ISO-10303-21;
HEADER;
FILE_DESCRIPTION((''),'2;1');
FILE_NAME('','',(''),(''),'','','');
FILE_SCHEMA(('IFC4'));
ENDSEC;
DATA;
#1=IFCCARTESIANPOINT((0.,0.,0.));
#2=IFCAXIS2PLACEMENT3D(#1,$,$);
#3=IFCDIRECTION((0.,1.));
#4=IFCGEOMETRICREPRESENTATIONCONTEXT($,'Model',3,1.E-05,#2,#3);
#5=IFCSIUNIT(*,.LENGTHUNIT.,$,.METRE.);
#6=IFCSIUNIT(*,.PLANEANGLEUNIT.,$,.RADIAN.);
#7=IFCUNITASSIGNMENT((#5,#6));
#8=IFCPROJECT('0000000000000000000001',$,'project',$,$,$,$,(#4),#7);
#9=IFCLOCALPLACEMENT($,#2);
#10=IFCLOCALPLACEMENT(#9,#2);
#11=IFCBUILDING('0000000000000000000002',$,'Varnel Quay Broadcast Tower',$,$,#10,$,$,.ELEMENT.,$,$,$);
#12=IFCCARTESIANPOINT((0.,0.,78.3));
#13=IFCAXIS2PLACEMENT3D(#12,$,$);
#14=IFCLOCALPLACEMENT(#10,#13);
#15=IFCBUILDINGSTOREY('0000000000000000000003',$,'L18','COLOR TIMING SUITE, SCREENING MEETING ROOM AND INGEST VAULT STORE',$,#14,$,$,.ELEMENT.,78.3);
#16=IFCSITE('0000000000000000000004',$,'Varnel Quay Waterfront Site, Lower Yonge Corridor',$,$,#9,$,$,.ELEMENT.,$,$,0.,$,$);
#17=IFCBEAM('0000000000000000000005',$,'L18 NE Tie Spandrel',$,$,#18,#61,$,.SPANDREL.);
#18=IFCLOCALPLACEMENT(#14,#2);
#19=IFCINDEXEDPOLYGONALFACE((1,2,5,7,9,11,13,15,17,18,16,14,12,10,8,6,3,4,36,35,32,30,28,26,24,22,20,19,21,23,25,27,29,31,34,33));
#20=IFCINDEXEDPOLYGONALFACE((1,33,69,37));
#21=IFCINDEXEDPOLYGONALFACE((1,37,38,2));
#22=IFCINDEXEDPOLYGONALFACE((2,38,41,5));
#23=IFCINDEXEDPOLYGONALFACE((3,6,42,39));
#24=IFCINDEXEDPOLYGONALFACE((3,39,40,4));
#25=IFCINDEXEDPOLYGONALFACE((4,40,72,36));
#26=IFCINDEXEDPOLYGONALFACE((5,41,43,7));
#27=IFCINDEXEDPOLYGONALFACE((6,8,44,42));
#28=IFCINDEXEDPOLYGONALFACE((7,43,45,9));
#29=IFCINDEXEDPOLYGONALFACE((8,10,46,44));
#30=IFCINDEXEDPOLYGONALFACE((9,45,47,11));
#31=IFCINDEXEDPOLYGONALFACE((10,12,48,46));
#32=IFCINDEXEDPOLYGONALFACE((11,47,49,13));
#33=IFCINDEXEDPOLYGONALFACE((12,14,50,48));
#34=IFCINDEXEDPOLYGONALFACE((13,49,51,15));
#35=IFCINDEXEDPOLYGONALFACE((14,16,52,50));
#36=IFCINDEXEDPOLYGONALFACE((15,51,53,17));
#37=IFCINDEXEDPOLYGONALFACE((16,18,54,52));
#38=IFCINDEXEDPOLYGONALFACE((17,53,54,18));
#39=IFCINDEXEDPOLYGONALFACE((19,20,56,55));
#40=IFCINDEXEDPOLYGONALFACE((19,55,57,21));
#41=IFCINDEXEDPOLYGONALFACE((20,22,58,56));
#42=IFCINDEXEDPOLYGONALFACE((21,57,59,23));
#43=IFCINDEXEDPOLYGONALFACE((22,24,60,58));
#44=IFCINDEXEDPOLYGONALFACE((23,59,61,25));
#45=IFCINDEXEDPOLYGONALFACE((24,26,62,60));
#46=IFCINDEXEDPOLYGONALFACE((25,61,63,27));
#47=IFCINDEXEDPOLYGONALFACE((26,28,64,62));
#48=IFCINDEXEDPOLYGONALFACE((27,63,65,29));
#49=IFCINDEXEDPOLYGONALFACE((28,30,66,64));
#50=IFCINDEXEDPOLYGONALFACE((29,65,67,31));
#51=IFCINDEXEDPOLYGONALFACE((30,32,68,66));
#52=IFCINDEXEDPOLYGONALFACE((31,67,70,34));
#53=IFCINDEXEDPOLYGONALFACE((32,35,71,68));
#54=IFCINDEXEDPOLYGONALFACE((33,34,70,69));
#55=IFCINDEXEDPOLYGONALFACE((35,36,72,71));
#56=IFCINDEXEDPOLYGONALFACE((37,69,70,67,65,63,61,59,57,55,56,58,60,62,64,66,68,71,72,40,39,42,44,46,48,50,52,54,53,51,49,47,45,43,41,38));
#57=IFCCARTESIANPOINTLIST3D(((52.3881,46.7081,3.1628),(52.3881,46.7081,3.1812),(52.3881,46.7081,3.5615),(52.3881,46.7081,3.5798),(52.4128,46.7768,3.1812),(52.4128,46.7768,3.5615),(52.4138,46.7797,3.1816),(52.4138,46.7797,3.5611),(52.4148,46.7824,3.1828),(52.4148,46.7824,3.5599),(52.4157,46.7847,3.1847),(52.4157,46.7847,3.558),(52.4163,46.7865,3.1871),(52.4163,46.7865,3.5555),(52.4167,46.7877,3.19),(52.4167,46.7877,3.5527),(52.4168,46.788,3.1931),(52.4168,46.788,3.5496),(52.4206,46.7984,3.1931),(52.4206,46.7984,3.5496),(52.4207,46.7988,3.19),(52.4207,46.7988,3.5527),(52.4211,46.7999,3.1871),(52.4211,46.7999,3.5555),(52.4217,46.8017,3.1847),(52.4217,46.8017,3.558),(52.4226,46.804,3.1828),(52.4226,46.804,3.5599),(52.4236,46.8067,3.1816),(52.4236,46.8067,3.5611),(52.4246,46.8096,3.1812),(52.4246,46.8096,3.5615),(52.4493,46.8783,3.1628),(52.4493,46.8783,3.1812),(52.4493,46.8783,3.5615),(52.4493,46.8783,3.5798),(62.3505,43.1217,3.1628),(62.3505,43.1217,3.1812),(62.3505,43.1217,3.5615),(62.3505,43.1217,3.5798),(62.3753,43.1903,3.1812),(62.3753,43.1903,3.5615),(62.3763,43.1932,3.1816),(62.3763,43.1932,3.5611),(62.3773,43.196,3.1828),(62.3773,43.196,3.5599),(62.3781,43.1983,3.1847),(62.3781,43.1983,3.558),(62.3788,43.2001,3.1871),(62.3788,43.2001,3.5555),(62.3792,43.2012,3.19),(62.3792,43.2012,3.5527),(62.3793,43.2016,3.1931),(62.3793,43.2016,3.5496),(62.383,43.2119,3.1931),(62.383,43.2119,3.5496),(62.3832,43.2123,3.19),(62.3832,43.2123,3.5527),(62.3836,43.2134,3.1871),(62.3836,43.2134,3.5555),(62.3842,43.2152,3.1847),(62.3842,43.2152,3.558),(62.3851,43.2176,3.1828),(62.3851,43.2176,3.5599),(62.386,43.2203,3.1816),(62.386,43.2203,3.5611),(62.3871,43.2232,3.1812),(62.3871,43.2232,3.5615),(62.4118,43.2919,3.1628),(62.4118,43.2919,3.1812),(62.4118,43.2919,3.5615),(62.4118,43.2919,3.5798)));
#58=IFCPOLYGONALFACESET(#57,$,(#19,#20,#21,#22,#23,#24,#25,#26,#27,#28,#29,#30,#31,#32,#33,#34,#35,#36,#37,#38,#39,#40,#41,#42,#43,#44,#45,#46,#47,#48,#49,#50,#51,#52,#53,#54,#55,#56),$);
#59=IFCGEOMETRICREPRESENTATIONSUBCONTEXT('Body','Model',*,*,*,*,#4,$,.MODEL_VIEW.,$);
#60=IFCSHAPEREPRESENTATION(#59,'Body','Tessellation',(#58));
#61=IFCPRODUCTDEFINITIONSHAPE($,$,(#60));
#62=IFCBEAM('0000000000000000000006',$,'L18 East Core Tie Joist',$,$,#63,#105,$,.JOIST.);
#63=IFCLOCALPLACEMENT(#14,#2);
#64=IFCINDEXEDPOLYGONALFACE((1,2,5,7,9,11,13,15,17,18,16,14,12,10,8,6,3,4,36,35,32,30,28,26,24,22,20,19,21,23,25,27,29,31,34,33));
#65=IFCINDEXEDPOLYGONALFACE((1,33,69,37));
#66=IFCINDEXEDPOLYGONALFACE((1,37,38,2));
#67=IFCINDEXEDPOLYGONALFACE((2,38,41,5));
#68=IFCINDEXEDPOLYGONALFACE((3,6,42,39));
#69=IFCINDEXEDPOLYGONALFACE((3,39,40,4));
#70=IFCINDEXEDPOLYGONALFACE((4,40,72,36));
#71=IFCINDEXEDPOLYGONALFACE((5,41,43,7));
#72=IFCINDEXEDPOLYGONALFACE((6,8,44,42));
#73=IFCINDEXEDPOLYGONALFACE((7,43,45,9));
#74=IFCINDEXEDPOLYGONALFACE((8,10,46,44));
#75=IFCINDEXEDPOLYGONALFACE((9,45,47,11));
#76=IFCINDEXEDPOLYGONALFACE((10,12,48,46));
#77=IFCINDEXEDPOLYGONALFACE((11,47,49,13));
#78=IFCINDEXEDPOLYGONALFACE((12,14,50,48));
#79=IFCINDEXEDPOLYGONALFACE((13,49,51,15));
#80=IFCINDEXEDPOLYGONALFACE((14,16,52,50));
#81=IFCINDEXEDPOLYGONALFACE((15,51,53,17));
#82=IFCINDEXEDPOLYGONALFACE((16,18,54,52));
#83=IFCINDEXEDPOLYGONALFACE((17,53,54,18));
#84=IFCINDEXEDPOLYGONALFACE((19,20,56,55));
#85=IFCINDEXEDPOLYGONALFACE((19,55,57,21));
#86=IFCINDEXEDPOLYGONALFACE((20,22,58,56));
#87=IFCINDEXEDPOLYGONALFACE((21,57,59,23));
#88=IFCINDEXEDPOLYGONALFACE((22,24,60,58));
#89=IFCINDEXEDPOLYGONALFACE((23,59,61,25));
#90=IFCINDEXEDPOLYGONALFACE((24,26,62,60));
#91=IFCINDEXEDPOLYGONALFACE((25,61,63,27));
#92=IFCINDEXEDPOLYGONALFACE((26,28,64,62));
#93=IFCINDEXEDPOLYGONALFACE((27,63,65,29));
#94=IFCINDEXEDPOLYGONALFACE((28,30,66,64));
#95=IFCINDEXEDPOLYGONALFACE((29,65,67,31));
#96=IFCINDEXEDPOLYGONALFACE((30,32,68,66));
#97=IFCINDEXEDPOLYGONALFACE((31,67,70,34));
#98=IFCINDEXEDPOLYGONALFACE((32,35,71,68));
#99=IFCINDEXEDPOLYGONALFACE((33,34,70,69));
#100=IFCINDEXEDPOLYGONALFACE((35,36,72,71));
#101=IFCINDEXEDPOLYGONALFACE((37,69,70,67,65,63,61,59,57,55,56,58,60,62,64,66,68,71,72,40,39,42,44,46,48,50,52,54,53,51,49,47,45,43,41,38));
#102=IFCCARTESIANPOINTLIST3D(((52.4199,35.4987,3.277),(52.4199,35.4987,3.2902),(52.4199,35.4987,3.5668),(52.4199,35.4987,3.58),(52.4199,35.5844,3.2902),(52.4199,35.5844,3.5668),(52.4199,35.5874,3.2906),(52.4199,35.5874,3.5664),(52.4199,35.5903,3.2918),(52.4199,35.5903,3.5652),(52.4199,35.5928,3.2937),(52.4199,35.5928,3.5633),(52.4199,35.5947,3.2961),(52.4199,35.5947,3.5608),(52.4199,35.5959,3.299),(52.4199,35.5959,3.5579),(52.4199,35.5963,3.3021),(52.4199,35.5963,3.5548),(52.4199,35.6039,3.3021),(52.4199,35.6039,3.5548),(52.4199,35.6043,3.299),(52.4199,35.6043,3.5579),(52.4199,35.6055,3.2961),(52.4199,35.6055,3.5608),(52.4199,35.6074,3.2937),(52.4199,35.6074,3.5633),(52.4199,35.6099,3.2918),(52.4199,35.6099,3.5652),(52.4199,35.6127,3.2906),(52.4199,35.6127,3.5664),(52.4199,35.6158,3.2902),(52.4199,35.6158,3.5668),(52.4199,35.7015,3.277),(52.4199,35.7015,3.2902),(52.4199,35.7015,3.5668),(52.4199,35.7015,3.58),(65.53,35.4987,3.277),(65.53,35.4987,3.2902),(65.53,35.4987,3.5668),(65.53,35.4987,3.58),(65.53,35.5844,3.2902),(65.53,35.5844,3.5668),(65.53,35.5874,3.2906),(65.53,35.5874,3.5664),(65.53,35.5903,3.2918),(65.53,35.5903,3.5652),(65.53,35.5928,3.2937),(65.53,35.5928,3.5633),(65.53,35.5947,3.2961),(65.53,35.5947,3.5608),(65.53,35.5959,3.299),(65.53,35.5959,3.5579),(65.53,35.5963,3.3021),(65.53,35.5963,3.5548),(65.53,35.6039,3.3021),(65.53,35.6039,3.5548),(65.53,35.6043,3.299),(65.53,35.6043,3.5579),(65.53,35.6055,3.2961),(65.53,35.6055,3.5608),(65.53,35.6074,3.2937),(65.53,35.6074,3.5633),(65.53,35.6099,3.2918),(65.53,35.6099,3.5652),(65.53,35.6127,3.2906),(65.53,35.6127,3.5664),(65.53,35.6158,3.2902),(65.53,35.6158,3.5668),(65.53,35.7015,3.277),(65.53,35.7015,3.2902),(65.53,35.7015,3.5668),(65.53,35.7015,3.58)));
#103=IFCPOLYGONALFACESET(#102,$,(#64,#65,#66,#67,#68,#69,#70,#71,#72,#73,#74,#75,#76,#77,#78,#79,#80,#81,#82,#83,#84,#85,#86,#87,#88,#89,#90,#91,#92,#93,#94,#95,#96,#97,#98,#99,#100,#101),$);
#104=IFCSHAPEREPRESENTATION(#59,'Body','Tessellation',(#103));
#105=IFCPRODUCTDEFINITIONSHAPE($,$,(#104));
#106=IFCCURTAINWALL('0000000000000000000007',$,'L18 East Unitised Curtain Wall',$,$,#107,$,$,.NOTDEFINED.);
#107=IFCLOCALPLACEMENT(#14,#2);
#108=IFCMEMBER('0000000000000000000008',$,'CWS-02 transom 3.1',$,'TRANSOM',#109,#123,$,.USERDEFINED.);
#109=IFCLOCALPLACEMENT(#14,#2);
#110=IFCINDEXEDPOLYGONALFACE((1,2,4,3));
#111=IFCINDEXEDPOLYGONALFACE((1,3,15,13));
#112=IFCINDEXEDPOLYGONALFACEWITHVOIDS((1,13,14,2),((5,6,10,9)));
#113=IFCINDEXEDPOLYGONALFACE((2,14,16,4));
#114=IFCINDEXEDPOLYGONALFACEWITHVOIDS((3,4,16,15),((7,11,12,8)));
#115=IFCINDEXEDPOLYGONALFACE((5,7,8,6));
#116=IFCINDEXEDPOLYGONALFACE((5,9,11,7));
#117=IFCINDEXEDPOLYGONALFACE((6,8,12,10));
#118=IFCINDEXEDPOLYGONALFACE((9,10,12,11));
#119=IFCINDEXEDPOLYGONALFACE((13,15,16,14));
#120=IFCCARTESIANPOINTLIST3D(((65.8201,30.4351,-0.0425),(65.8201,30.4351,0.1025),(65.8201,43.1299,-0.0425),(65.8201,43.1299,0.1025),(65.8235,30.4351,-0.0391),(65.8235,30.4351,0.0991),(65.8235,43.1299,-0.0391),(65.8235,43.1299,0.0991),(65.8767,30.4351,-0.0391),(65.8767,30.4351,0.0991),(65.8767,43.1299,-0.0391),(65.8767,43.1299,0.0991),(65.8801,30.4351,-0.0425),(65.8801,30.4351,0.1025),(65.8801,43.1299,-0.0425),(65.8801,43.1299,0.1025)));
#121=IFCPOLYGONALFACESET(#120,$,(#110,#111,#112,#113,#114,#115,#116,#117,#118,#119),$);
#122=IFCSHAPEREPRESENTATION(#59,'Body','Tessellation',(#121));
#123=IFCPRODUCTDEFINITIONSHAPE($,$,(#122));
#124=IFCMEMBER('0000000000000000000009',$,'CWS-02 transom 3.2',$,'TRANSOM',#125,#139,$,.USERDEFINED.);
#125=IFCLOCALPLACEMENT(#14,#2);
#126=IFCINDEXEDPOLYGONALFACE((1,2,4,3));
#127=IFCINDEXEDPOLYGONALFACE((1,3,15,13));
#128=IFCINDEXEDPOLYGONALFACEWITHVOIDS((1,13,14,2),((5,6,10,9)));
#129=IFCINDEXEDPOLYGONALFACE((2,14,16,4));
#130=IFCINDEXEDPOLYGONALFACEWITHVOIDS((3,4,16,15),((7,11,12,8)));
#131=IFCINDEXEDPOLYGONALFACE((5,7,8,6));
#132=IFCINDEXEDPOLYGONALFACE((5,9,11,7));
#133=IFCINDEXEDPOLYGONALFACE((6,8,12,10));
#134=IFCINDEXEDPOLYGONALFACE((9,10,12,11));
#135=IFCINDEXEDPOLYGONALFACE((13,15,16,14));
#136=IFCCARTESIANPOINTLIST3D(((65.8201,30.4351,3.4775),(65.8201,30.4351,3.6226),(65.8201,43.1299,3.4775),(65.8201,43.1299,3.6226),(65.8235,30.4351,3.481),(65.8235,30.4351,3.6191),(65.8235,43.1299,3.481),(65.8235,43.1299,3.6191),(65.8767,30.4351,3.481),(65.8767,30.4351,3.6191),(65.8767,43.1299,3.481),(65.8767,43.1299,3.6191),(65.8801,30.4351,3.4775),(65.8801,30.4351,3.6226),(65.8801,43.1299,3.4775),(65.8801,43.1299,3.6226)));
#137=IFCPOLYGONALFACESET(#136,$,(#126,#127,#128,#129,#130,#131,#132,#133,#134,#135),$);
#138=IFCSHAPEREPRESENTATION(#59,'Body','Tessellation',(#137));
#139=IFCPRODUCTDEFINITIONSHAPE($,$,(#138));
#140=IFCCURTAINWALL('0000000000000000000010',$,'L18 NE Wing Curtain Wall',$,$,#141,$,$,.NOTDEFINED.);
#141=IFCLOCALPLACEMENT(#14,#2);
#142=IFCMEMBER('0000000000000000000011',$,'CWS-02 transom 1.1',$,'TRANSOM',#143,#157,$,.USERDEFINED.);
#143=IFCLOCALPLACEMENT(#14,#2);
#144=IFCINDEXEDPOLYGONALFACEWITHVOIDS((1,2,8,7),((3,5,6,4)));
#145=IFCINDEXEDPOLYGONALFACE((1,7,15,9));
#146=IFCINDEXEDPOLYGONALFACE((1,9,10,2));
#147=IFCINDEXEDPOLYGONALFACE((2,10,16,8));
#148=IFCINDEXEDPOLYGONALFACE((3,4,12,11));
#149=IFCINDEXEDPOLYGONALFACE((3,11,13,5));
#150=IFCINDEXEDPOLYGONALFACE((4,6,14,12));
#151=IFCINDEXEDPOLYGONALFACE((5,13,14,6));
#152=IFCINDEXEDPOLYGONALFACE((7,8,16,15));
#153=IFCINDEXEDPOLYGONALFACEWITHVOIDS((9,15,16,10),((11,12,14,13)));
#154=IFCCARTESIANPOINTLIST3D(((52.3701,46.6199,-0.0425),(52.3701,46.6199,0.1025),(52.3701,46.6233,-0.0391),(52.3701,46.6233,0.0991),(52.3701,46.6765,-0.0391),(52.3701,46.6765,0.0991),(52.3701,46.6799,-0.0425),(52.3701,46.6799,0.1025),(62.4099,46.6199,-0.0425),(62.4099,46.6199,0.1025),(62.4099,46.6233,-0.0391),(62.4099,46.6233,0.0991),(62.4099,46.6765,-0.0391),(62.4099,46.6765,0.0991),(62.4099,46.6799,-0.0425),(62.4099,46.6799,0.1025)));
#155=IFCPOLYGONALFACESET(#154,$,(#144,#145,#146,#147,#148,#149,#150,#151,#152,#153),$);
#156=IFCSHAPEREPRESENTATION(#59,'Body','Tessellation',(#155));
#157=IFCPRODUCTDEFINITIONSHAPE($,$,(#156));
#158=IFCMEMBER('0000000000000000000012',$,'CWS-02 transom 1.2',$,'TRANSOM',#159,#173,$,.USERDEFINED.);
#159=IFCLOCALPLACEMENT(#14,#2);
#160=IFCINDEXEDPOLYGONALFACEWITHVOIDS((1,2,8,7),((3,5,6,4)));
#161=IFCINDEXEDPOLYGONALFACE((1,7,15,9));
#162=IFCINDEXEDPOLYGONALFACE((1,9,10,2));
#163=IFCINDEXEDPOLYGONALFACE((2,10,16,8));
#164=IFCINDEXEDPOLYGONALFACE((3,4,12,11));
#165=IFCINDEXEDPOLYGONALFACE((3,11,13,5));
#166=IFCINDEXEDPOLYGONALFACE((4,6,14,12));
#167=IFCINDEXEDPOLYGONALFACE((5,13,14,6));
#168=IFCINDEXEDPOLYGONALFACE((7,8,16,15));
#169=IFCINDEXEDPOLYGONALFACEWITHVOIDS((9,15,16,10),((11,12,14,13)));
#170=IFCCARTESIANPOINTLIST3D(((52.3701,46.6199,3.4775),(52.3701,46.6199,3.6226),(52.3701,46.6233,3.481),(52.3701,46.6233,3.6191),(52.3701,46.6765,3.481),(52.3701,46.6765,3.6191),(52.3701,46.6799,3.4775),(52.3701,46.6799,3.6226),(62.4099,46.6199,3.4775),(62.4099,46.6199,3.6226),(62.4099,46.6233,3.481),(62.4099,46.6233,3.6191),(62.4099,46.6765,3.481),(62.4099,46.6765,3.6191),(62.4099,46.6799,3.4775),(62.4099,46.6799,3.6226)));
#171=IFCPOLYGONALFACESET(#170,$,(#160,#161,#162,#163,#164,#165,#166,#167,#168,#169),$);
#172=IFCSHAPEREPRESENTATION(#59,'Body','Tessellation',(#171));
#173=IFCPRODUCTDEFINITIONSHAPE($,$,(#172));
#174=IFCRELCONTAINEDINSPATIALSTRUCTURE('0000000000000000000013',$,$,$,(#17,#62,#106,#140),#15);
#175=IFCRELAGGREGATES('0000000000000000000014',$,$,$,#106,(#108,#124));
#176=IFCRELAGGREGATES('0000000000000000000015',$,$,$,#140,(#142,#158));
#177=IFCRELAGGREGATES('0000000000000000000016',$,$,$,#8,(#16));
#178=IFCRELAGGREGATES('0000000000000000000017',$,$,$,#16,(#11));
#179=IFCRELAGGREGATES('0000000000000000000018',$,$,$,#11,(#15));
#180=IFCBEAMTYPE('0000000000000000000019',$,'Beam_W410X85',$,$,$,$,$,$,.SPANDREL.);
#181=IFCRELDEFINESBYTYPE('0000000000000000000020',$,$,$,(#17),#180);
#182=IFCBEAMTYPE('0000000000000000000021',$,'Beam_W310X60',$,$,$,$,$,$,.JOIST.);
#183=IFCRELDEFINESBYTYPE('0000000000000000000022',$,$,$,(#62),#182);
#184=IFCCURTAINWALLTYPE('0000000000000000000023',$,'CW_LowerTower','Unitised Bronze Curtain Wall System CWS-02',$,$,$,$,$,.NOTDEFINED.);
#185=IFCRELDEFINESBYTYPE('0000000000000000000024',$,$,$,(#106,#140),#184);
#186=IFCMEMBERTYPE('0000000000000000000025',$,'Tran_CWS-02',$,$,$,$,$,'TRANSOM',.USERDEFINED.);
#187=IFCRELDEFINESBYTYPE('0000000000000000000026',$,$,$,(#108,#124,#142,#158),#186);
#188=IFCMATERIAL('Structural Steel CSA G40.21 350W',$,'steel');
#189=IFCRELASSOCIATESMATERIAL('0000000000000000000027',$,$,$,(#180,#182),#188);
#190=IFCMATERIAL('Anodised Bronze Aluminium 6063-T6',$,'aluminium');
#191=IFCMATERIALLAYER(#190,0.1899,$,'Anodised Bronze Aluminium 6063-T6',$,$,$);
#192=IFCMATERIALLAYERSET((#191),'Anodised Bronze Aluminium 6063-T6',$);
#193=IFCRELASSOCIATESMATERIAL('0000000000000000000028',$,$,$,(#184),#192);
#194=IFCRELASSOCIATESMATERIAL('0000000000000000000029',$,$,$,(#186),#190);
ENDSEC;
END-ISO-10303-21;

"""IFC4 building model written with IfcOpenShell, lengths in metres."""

from ifc_helpers import new_model, si_unit, direction, frame, origin, origin_2d, place, context, subcontext, project, spatial, hollow_rectangle, i_section, extrude, source, transform, mapped, material, layer, layer_set, material_profile, profile_set, type_object, type_shapes, element, aggregate, save


model = new_model("IFC4")

# Units and contexts
model_context = context("Model", 3, precision=1e-05, world=origin(), true_north=direction((0.0, 1.0)))
body_context = subcontext(model_context, "Body", "Model", "MODEL_VIEW")
ifc_project = project(units=[si_unit("LENGTHUNIT", "METRE"), si_unit("PLANEANGLEUNIT", "RADIAN")], contexts=[model_context])

# Site, building, storey
site_placement = place(None, origin())
site = spatial("IfcSite", under=ifc_project, at=site_placement, Name="Varnel Quay Waterfront Site, Lower Yonge Corridor", CompositionType="ELEMENT", RefElevation=0.0)
building_placement = place(site_placement, origin())
building = spatial("IfcBuilding", under=site, at=building_placement, Name="Varnel Quay Broadcast Tower", CompositionType="ELEMENT")
storey_placement = place(building_placement, frame((0.0, 0.0, 78.3)))
storey = spatial("IfcBuildingStorey", under=building, at=storey_placement, Name="L18", Description="COLOR TIMING SUITE, SCREENING MEETING ROOM AND INGEST VAULT STORE", CompositionType="ELEMENT", Elevation=78.3)

# Shared definitions
ifc_material_1 = material(Name="Structural Steel CSA G40.21 350W", Category="steel")

# Beams
ifc_material_profile_1 = material_profile(ifc_material_1, i_section(OverallWidth=0.1809, OverallDepth=0.417, WebThickness=0.011, FlangeThickness=0.0183, FilletRadius=0.012, at=origin_2d()), Name="W410X85")
ifc_profile_set_1 = profile_set([ifc_material_profile_1], Name="Structural Steel CSA G40.21 350W")
beam_type_1 = type_object("IfcBeamType", Name="Beam_W410X85", PredefinedType="SPANDREL", material=ifc_profile_set_1)
shared_shape_1 = source(origin(), body_context, "Body", "SweptSolid", [
    extrude(i_section(OverallWidth=0.1809, OverallDepth=0.417, WebThickness=0.011, FlangeThickness=0.0183, FilletRadius=0.012, at=origin_2d()), origin(), (0.0, 0.0, 1.0), 10.5884),
])
beam_1_placement = place(storey_placement, frame((52.4187, 46.7932, 3.3713), z_axis=(0.940889, -0.338716, 0.0), x_axis=(0.338716, 0.940889, 0.0)))
element("IfcBeam", 1, at=beam_1_placement, inside=storey, type_object=beam_type_1, Name="L18 NE Tie Spandrel", PredefinedType="SPANDREL", context=body_context, shape_type="MappedRepresentation", body=[
    mapped(shared_shape_1, transform((0.0, 0.0, 0.0), x_axis=(1.0, 0.0, 0.0), y_axis=(0.0, 1.0, 0.0), z_axis=(0.0, 0.0, 1.0), scale=1.0)),
])
ifc_material_profile_2 = material_profile(ifc_material_1, i_section(OverallWidth=0.2029, OverallDepth=0.303, WebThickness=0.0076, FlangeThickness=0.0132, FilletRadius=0.012, at=origin_2d()), Name="W310X60")
ifc_profile_set_2 = profile_set([ifc_material_profile_2], Name="Structural Steel CSA G40.21 350W")
beam_type_2 = type_object("IfcBeamType", Name="Beam_W310X60", PredefinedType="JOIST", material=ifc_profile_set_2)
shared_shape_2 = source(origin(), body_context, "Body", "SweptSolid", [
    extrude(i_section(OverallWidth=0.2029, OverallDepth=0.303, WebThickness=0.0076, FlangeThickness=0.0132, FilletRadius=0.012, at=origin_2d()), origin(), (0.0, 0.0, 1.0), 13.1101),
])
type_shapes(beam_type_2, [shared_shape_2])
beam_2_placement = place(storey_placement, frame((52.4199, 35.6001, 3.4285), z_axis=(1.0, 0.0, 0.0), x_axis=(0.0, 1.0, 0.0)))
element("IfcBeam", 2, at=beam_2_placement, inside=storey, type_object=beam_type_2, Name="L18 East Core Tie Joist", PredefinedType="JOIST", context=body_context, shape_type="MappedRepresentation", body=[
    mapped(shared_shape_2, transform((0.0, 0.0, 0.0), x_axis=(1.0, 0.0, 0.0), y_axis=(0.0, 1.0, 0.0), z_axis=(0.0, 0.0, 1.0), scale=1.0)),
])

# Curtain walls, members
ifc_material_2 = material(Name="Anodised Bronze Aluminium 6063-T6", Category="aluminium")
ifc_layer_1 = layer(ifc_material_2, 0.1899, Name="Anodised Bronze Aluminium 6063-T6")
ifc_layer_set_1 = layer_set([ifc_layer_1], Name="Anodised Bronze Aluminium 6063-T6")
curtain_wall_type = type_object("IfcCurtainWallType", Name="CW_LowerTower", Description="Unitised Bronze Curtain Wall System CWS-02", PredefinedType="NOTDEFINED", material=ifc_layer_set_1)
curtain_wall_1_placement = place(storey_placement, origin())
curtain_wall_1 = element("IfcCurtainWall", 3, at=curtain_wall_1_placement, inside=storey, type_object=curtain_wall_type, Name="L18 East Unitised Curtain Wall", PredefinedType="NOTDEFINED")
ifc_material_profile_3 = material_profile(ifc_material_2, hollow_rectangle(XDim=0.0601, YDim=0.145, WallThickness=0.0034, at=origin_2d()), Name="ALU60X145X3.5")
ifc_profile_set_3 = profile_set([ifc_material_profile_3], Name="Anodised Bronze Aluminium 6063-T6")
member_type_1 = type_object("IfcMemberType", Name="Tran_CWS-02", ElementType="TRANSOM", PredefinedType="USERDEFINED", material=ifc_profile_set_3)
shared_shape_3 = source(origin(), body_context, "Body", "SweptSolid", [
    extrude(hollow_rectangle(XDim=0.0601, YDim=0.145, WallThickness=0.0034, at=origin_2d()), origin(), (0.0, 0.0, 1.0), 12.6948),
])
member_1_placement = place(storey_placement, frame((65.8501, 30.4351, 0.03), z_axis=(0.0, 1.0, 0.0), x_axis=(-1.0, 0.0, 0.0)))
member_1 = element("IfcMember", 4, at=member_1_placement, type_object=member_type_1, Name="CWS-02 transom 3.1", ObjectType="TRANSOM", PredefinedType="USERDEFINED", context=body_context, shape_type="MappedRepresentation", body=[
    mapped(shared_shape_3, transform((0.0, 0.0, 0.0), x_axis=(1.0, 0.0, 0.0), y_axis=(0.0, 1.0, 0.0), z_axis=(0.0, 0.0, 1.0), scale=1.0)),
])
member_2_placement = place(storey_placement, frame((65.8501, 30.4351, 3.55), z_axis=(0.0, 1.0, 0.0), x_axis=(-1.0, 0.0, 0.0)))
member_2 = element("IfcMember", 5, at=member_2_placement, type_object=member_type_1, Name="CWS-02 transom 3.2", ObjectType="TRANSOM", PredefinedType="USERDEFINED", context=body_context, shape_type="MappedRepresentation", body=[
    mapped(shared_shape_3, transform((0.0, 0.0, 0.0), x_axis=(1.0, 0.0, 0.0), y_axis=(0.0, 1.0, 0.0), z_axis=(0.0, 0.0, 1.0), scale=1.0)),
])
curtain_wall_2_placement = place(storey_placement, origin())
curtain_wall_2 = element("IfcCurtainWall", 6, at=curtain_wall_2_placement, inside=storey, type_object=curtain_wall_type, Name="L18 NE Wing Curtain Wall", PredefinedType="NOTDEFINED")
shared_shape_4 = source(origin(), body_context, "Body", "SweptSolid", [
    extrude(hollow_rectangle(XDim=0.0601, YDim=0.145, WallThickness=0.0034, at=origin_2d()), origin(), (0.0, 0.0, 1.0), 10.0398),
])
type_shapes(member_type_1, [shared_shape_3, shared_shape_4])
member_3_placement = place(storey_placement, frame((52.3701, 46.6499, 0.03), z_axis=(1.0, 0.0, 0.0), x_axis=(0.0, 1.0, 0.0)))
member_3 = element("IfcMember", 7, at=member_3_placement, type_object=member_type_1, Name="CWS-02 transom 1.1", ObjectType="TRANSOM", PredefinedType="USERDEFINED", context=body_context, shape_type="MappedRepresentation", body=[
    mapped(shared_shape_4, transform((0.0, 0.0, 0.0), x_axis=(1.0, 0.0, 0.0), y_axis=(0.0, 1.0, 0.0), z_axis=(0.0, 0.0, 1.0), scale=1.0)),
])
member_4_placement = place(storey_placement, frame((52.3701, 46.6499, 3.55), z_axis=(1.0, 0.0, 0.0), x_axis=(0.0, 1.0, 0.0)))
member_4 = element("IfcMember", 8, at=member_4_placement, type_object=member_type_1, Name="CWS-02 transom 1.2", ObjectType="TRANSOM", PredefinedType="USERDEFINED", context=body_context, shape_type="MappedRepresentation", body=[
    mapped(shared_shape_4, transform((0.0, 0.0, 0.0), x_axis=(1.0, 0.0, 0.0), y_axis=(0.0, 1.0, 0.0), z_axis=(0.0, 0.0, 1.0), scale=1.0)),
])

aggregate(curtain_wall_1, [member_1, member_2])
aggregate(curtain_wall_2, [member_3, member_4])

save(model, "model.ifc")
